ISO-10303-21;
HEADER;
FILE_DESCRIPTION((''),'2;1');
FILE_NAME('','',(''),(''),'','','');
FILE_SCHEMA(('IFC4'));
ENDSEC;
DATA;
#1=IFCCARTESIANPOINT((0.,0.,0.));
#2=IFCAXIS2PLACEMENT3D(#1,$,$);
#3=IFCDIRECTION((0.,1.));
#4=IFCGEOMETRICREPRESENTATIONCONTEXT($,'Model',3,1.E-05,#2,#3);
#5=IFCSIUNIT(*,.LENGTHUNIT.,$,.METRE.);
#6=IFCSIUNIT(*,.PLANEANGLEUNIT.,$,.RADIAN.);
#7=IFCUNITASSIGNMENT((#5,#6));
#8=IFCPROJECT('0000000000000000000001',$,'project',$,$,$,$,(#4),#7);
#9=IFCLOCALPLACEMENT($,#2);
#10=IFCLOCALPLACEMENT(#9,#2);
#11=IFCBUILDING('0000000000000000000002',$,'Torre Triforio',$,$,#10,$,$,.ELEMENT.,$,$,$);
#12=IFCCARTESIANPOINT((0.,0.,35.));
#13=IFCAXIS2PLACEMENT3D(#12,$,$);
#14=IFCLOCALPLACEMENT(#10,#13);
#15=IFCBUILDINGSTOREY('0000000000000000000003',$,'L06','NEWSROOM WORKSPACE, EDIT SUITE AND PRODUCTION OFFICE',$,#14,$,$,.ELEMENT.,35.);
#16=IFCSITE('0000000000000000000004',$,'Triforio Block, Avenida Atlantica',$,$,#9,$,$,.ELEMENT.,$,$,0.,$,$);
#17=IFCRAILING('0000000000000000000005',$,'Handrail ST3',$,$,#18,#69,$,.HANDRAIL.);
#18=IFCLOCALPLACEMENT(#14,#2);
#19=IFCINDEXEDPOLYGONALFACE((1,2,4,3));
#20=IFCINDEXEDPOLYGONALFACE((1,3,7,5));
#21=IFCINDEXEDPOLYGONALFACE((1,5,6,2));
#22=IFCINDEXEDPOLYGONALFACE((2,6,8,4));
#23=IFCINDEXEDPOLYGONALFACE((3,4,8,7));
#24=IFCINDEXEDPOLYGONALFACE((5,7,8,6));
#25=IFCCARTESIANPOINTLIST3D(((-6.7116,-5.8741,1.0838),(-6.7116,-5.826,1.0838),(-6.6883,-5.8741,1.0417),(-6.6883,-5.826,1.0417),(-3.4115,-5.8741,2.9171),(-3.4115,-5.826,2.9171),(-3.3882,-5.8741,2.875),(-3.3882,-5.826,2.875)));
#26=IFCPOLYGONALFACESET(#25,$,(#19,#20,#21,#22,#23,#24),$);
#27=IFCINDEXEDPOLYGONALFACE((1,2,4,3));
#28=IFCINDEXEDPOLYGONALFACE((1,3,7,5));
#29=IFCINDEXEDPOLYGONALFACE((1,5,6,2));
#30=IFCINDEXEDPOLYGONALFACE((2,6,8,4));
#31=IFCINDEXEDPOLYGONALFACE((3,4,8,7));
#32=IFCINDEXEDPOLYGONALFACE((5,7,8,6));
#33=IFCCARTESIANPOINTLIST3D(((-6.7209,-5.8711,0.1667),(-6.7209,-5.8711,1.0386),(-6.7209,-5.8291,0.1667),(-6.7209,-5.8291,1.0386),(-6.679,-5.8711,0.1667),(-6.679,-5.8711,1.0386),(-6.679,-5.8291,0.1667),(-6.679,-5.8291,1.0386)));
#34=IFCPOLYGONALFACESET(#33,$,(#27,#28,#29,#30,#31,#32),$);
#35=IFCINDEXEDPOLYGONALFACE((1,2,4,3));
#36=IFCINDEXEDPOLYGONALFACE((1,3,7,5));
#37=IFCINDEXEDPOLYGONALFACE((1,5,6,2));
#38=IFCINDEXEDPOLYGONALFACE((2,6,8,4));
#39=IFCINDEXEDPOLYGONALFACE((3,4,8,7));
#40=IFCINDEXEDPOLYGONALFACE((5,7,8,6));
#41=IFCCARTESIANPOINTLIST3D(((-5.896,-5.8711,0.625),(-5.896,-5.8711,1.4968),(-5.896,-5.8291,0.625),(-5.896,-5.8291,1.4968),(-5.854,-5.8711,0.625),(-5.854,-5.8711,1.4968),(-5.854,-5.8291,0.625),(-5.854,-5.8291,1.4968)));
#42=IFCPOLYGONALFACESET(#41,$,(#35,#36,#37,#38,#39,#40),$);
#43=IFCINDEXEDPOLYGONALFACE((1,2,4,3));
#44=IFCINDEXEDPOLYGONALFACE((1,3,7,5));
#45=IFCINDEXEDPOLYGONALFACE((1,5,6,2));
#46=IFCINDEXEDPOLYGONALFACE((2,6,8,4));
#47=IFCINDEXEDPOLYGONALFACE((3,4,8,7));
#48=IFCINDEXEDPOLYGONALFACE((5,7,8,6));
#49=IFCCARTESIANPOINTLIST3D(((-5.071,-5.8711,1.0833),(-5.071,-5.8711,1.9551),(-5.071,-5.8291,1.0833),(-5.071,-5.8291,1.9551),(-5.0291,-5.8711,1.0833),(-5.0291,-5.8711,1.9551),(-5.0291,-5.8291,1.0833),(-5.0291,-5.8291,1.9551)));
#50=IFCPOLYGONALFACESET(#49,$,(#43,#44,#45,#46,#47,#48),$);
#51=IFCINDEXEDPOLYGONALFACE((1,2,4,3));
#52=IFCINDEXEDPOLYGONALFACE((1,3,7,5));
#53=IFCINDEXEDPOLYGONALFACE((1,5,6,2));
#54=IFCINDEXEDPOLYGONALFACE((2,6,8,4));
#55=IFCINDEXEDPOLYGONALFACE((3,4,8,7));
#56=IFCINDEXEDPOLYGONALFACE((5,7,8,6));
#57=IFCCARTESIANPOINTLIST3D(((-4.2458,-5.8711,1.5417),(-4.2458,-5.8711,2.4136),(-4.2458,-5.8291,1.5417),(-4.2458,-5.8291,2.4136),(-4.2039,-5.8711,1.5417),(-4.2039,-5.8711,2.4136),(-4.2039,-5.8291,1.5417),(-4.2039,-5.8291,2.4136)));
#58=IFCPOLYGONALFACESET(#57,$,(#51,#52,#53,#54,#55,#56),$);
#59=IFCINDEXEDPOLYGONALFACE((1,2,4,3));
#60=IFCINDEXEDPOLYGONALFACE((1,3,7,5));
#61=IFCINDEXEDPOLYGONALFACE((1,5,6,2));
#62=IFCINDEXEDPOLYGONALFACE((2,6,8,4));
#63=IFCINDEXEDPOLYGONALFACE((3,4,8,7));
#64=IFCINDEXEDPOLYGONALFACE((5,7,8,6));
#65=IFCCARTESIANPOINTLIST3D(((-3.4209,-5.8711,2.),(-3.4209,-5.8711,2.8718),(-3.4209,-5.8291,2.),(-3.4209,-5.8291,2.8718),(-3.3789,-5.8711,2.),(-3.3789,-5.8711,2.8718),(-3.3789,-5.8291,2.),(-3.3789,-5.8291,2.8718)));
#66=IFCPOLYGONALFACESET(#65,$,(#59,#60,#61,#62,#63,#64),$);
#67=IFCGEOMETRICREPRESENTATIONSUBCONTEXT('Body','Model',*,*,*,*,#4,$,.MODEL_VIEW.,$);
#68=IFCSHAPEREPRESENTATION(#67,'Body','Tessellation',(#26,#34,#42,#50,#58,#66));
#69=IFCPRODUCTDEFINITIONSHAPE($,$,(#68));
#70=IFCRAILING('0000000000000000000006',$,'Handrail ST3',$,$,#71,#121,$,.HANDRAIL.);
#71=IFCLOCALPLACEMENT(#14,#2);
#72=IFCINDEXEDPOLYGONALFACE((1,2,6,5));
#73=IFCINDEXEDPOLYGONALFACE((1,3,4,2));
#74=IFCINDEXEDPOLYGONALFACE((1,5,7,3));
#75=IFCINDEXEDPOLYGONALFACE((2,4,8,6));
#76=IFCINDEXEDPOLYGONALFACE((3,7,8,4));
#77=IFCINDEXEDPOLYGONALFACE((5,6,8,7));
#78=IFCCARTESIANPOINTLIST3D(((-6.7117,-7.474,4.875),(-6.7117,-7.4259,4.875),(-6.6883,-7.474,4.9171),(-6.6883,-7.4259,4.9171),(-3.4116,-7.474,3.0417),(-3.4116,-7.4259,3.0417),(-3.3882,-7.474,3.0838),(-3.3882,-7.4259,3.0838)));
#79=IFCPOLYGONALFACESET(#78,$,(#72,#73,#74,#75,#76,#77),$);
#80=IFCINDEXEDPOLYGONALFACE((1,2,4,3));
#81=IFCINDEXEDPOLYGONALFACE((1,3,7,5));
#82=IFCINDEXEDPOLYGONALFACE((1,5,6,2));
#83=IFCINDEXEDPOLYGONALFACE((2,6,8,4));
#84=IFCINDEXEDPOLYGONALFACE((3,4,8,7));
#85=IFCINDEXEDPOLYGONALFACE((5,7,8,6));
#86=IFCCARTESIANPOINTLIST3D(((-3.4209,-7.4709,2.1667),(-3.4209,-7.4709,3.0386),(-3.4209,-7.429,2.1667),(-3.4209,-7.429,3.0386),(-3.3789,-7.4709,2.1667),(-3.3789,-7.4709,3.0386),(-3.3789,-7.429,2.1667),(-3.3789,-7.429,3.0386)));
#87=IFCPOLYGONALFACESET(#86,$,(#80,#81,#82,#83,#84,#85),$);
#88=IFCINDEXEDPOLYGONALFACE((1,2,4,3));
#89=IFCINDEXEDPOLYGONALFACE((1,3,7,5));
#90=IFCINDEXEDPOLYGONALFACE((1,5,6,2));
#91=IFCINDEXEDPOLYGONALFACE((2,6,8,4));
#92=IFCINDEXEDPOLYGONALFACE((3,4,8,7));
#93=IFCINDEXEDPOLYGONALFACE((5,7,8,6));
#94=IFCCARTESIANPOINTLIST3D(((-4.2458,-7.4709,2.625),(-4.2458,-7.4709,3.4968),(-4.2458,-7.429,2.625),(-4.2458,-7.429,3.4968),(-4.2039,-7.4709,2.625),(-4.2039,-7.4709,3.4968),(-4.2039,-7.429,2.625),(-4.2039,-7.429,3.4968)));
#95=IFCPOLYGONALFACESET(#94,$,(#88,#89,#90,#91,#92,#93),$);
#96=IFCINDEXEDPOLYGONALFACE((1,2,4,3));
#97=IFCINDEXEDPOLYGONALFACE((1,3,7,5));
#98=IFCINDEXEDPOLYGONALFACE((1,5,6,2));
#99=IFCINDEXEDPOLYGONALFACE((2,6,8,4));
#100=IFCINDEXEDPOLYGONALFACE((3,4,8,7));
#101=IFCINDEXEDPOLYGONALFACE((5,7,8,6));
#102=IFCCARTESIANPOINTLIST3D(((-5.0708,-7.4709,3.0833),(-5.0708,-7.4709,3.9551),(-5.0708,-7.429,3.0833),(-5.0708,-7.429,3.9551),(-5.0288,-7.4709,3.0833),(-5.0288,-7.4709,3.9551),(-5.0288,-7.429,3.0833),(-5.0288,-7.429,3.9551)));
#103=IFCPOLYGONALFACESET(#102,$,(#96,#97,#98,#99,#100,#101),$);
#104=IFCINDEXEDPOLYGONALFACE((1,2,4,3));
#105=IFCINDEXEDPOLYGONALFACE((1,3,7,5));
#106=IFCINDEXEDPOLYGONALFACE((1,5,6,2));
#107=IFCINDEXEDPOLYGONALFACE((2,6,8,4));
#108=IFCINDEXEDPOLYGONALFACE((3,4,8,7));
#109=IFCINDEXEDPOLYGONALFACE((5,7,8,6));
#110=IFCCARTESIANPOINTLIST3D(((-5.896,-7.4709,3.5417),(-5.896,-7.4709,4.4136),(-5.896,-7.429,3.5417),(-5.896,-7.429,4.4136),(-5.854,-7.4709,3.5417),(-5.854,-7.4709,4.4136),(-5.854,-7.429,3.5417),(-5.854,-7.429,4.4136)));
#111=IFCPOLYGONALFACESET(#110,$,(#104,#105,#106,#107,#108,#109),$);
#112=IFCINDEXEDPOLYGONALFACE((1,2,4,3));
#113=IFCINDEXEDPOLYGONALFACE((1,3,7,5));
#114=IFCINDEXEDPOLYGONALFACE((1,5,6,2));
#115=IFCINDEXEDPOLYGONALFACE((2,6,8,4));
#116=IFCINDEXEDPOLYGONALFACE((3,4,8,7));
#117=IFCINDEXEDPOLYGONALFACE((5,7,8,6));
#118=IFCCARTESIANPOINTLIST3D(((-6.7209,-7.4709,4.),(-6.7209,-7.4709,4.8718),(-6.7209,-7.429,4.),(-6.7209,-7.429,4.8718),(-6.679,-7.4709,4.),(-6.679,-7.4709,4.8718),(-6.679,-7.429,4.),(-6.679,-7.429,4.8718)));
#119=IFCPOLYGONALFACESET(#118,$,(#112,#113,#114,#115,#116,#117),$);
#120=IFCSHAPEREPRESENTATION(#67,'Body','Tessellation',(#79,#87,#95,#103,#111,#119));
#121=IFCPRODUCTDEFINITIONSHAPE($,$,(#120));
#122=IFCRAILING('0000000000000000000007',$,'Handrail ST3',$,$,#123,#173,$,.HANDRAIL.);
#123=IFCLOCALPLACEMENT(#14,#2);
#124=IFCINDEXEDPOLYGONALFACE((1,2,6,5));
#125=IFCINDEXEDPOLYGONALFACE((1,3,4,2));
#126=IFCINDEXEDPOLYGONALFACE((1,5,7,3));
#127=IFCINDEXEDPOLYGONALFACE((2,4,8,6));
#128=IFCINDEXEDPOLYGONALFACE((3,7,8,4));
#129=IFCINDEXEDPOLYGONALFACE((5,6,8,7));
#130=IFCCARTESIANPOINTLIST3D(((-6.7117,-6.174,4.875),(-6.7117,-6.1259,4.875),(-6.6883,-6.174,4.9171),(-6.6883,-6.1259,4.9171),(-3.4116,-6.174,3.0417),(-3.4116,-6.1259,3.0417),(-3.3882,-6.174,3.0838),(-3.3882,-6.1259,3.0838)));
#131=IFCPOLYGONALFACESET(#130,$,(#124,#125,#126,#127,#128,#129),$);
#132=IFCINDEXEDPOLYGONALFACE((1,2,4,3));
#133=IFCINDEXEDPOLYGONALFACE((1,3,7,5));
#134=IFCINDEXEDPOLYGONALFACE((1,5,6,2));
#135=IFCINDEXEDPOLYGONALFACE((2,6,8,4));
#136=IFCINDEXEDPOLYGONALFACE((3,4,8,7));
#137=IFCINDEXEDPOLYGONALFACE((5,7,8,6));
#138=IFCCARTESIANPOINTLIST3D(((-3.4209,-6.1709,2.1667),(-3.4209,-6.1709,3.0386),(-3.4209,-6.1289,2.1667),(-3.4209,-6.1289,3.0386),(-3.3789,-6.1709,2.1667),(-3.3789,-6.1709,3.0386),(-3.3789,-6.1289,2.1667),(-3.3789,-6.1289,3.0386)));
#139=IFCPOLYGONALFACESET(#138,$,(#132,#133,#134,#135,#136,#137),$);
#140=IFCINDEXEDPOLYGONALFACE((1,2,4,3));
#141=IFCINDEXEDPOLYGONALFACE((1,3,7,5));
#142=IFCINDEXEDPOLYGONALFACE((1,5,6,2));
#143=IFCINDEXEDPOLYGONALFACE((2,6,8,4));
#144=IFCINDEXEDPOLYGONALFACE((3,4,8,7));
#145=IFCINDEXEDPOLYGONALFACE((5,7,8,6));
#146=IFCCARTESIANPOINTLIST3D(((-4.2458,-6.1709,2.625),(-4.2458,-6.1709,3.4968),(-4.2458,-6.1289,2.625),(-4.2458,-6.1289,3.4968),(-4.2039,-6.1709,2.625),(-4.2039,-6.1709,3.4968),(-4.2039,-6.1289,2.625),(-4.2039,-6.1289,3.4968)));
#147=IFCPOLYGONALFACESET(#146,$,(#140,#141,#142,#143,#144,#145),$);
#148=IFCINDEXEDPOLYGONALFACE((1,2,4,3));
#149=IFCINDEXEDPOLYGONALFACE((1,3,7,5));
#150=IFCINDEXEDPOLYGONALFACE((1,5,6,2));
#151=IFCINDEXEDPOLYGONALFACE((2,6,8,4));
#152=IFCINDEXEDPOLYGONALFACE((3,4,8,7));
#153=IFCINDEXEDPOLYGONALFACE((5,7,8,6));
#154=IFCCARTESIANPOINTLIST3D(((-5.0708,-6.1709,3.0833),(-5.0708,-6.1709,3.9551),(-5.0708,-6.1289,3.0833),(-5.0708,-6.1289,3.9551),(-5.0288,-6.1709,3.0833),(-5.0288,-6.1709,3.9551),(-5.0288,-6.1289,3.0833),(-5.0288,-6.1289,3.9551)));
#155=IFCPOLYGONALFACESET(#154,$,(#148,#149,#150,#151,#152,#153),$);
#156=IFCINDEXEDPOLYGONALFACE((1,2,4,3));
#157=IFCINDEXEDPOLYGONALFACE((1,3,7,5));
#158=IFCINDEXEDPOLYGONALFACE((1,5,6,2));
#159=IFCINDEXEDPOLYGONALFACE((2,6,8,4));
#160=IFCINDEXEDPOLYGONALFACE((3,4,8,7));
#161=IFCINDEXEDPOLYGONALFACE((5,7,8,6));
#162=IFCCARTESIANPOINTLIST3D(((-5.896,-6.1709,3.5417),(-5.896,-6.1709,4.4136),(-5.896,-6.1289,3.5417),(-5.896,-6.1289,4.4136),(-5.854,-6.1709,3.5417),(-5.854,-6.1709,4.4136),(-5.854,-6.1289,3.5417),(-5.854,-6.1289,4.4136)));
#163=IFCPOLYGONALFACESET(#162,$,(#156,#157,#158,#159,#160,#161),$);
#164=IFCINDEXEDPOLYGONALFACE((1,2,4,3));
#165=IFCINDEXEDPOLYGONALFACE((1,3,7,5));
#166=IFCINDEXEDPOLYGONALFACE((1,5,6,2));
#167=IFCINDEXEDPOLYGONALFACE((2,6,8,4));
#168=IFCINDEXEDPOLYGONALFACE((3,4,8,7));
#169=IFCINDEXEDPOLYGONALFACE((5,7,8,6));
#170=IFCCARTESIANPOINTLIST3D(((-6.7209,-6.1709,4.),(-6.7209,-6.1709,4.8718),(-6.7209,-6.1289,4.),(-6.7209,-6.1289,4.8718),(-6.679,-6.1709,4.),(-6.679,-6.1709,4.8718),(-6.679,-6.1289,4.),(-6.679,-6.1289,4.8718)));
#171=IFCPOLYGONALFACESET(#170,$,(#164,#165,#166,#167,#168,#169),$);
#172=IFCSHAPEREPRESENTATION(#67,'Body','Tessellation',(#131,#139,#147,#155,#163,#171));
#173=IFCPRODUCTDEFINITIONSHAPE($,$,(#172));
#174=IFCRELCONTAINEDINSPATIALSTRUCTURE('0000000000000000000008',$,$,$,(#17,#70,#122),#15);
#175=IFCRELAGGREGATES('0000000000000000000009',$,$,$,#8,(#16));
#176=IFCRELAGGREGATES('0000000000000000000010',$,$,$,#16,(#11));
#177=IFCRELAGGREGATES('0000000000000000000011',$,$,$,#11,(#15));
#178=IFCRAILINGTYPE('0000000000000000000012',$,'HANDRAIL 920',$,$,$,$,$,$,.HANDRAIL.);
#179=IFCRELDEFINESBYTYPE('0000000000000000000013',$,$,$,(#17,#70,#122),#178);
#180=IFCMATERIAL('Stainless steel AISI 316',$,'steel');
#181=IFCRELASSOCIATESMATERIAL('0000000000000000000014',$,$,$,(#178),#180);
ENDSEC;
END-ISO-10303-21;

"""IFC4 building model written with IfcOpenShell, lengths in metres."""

from ifc_helpers import new_model, si_unit, direction, frame, origin, origin_2d, place, context, subcontext, project, spatial, rectangle, extrude, material, type_object, element, save


model = new_model("IFC4")

# Units and contexts
model_context = context("Model", 3, precision=1e-05, world=origin(), true_north=direction((0.0, 1.0)))
body_context = subcontext(model_context, "Body", "Model", "MODEL_VIEW")
ifc_project = project(units=[si_unit("LENGTHUNIT", "METRE"), si_unit("PLANEANGLEUNIT", "RADIAN")], contexts=[model_context])

# Site, building, storey
site_placement = place(None, origin())
site = spatial("IfcSite", under=ifc_project, at=site_placement, Name="Triforio Block, Avenida Atlantica", CompositionType="ELEMENT", RefElevation=0.0)
building_placement = place(site_placement, origin())
building = spatial("IfcBuilding", under=site, at=building_placement, Name="Torre Triforio", CompositionType="ELEMENT")
storey_placement = place(building_placement, frame((0.0, 0.0, 35.0)))
storey = spatial("IfcBuildingStorey", under=building, at=storey_placement, Name="L06", Description="NEWSROOM WORKSPACE, EDIT SUITE AND PRODUCTION OFFICE", CompositionType="ELEMENT", Elevation=35.0)

# Railings
ifc_material_1 = material(Name="Stainless steel AISI 316", Category="steel")
railing_type = type_object("IfcRailingType", Name="HANDRAIL 920", PredefinedType="HANDRAIL", material=ifc_material_1)
for number, where, name in (
    (1, (-6.7, -5.8501, 0.1667), "Handrail ST3"),
):
    element("IfcRailing", number, at=place(storey_placement, frame(where)), inside=storey, type_object=railing_type, Name=name, PredefinedType="HANDRAIL", context=body_context, shape_type="SweptSolid", body=[
        extrude(rectangle(XDim=0.0481, YDim=0.0481, at=origin_2d()), frame((0.0, 0.0, 0.896), z_axis=(0.874169, 0.0, 0.485621), x_axis=(0.0, 1.0, 0.0)), (0.0, 0.0, 1.0), 3.7751),
        extrude(rectangle(XDim=0.042, YDim=0.042, at=origin_2d()), origin(), (0.0, 0.0, 1.0), 0.8718),
        extrude(rectangle(XDim=0.042, YDim=0.042, at=origin_2d()), frame((0.825, 0.0, 0.4583)), (0.0, 0.0, 1.0), 0.8718),
        extrude(rectangle(XDim=0.042, YDim=0.042, at=origin_2d()), frame((1.6499, 0.0, 0.9165)), (0.0, 0.0, 1.0), 0.8718),
        extrude(rectangle(XDim=0.042, YDim=0.042, at=origin_2d()), frame((2.4751, 0.0, 1.375)), (0.0, 0.0, 1.0), 0.8718),
        extrude(rectangle(XDim=0.042, YDim=0.042, at=origin_2d()), frame((3.3, 0.0, 1.8333)), (0.0, 0.0, 1.0), 0.8718),
    ])
for number, where, name in (
    (2, (-3.3999, -7.45, 2.1667), "Handrail ST3"),
    (3, (-3.3999, -6.1499, 2.1667), "Handrail ST3"),
):
    element("IfcRailing", number, at=place(storey_placement, frame(where)), inside=storey, type_object=railing_type, Name=name, PredefinedType="HANDRAIL", context=body_context, shape_type="SweptSolid", body=[
        extrude(rectangle(XDim=0.0481, YDim=0.0481, at=origin_2d()), frame((0.0, 0.0, 0.896), z_axis=(-0.874169, 0.0, 0.485621), x_axis=(0.0, -1.0, 0.0)), (0.0, 0.0, 1.0), 3.7751),
        extrude(rectangle(XDim=0.042, YDim=0.042, at=origin_2d()), origin(), (0.0, 0.0, 1.0), 0.8718),
        extrude(rectangle(XDim=0.042, YDim=0.042, at=origin_2d()), frame((-0.825, 0.0, 0.4583)), (0.0, 0.0, 1.0), 0.8718),
        extrude(rectangle(XDim=0.042, YDim=0.042, at=origin_2d()), frame((-1.6499, 0.0, 0.9165)), (0.0, 0.0, 1.0), 0.8718),
        extrude(rectangle(XDim=0.042, YDim=0.042, at=origin_2d()), frame((-2.4751, 0.0, 1.375)), (0.0, 0.0, 1.0), 0.8718),
        extrude(rectangle(XDim=0.042, YDim=0.042, at=origin_2d()), frame((-3.3, 0.0, 1.8333)), (0.0, 0.0, 1.0), 0.8718),
    ])

save(model, "model.ifc")
